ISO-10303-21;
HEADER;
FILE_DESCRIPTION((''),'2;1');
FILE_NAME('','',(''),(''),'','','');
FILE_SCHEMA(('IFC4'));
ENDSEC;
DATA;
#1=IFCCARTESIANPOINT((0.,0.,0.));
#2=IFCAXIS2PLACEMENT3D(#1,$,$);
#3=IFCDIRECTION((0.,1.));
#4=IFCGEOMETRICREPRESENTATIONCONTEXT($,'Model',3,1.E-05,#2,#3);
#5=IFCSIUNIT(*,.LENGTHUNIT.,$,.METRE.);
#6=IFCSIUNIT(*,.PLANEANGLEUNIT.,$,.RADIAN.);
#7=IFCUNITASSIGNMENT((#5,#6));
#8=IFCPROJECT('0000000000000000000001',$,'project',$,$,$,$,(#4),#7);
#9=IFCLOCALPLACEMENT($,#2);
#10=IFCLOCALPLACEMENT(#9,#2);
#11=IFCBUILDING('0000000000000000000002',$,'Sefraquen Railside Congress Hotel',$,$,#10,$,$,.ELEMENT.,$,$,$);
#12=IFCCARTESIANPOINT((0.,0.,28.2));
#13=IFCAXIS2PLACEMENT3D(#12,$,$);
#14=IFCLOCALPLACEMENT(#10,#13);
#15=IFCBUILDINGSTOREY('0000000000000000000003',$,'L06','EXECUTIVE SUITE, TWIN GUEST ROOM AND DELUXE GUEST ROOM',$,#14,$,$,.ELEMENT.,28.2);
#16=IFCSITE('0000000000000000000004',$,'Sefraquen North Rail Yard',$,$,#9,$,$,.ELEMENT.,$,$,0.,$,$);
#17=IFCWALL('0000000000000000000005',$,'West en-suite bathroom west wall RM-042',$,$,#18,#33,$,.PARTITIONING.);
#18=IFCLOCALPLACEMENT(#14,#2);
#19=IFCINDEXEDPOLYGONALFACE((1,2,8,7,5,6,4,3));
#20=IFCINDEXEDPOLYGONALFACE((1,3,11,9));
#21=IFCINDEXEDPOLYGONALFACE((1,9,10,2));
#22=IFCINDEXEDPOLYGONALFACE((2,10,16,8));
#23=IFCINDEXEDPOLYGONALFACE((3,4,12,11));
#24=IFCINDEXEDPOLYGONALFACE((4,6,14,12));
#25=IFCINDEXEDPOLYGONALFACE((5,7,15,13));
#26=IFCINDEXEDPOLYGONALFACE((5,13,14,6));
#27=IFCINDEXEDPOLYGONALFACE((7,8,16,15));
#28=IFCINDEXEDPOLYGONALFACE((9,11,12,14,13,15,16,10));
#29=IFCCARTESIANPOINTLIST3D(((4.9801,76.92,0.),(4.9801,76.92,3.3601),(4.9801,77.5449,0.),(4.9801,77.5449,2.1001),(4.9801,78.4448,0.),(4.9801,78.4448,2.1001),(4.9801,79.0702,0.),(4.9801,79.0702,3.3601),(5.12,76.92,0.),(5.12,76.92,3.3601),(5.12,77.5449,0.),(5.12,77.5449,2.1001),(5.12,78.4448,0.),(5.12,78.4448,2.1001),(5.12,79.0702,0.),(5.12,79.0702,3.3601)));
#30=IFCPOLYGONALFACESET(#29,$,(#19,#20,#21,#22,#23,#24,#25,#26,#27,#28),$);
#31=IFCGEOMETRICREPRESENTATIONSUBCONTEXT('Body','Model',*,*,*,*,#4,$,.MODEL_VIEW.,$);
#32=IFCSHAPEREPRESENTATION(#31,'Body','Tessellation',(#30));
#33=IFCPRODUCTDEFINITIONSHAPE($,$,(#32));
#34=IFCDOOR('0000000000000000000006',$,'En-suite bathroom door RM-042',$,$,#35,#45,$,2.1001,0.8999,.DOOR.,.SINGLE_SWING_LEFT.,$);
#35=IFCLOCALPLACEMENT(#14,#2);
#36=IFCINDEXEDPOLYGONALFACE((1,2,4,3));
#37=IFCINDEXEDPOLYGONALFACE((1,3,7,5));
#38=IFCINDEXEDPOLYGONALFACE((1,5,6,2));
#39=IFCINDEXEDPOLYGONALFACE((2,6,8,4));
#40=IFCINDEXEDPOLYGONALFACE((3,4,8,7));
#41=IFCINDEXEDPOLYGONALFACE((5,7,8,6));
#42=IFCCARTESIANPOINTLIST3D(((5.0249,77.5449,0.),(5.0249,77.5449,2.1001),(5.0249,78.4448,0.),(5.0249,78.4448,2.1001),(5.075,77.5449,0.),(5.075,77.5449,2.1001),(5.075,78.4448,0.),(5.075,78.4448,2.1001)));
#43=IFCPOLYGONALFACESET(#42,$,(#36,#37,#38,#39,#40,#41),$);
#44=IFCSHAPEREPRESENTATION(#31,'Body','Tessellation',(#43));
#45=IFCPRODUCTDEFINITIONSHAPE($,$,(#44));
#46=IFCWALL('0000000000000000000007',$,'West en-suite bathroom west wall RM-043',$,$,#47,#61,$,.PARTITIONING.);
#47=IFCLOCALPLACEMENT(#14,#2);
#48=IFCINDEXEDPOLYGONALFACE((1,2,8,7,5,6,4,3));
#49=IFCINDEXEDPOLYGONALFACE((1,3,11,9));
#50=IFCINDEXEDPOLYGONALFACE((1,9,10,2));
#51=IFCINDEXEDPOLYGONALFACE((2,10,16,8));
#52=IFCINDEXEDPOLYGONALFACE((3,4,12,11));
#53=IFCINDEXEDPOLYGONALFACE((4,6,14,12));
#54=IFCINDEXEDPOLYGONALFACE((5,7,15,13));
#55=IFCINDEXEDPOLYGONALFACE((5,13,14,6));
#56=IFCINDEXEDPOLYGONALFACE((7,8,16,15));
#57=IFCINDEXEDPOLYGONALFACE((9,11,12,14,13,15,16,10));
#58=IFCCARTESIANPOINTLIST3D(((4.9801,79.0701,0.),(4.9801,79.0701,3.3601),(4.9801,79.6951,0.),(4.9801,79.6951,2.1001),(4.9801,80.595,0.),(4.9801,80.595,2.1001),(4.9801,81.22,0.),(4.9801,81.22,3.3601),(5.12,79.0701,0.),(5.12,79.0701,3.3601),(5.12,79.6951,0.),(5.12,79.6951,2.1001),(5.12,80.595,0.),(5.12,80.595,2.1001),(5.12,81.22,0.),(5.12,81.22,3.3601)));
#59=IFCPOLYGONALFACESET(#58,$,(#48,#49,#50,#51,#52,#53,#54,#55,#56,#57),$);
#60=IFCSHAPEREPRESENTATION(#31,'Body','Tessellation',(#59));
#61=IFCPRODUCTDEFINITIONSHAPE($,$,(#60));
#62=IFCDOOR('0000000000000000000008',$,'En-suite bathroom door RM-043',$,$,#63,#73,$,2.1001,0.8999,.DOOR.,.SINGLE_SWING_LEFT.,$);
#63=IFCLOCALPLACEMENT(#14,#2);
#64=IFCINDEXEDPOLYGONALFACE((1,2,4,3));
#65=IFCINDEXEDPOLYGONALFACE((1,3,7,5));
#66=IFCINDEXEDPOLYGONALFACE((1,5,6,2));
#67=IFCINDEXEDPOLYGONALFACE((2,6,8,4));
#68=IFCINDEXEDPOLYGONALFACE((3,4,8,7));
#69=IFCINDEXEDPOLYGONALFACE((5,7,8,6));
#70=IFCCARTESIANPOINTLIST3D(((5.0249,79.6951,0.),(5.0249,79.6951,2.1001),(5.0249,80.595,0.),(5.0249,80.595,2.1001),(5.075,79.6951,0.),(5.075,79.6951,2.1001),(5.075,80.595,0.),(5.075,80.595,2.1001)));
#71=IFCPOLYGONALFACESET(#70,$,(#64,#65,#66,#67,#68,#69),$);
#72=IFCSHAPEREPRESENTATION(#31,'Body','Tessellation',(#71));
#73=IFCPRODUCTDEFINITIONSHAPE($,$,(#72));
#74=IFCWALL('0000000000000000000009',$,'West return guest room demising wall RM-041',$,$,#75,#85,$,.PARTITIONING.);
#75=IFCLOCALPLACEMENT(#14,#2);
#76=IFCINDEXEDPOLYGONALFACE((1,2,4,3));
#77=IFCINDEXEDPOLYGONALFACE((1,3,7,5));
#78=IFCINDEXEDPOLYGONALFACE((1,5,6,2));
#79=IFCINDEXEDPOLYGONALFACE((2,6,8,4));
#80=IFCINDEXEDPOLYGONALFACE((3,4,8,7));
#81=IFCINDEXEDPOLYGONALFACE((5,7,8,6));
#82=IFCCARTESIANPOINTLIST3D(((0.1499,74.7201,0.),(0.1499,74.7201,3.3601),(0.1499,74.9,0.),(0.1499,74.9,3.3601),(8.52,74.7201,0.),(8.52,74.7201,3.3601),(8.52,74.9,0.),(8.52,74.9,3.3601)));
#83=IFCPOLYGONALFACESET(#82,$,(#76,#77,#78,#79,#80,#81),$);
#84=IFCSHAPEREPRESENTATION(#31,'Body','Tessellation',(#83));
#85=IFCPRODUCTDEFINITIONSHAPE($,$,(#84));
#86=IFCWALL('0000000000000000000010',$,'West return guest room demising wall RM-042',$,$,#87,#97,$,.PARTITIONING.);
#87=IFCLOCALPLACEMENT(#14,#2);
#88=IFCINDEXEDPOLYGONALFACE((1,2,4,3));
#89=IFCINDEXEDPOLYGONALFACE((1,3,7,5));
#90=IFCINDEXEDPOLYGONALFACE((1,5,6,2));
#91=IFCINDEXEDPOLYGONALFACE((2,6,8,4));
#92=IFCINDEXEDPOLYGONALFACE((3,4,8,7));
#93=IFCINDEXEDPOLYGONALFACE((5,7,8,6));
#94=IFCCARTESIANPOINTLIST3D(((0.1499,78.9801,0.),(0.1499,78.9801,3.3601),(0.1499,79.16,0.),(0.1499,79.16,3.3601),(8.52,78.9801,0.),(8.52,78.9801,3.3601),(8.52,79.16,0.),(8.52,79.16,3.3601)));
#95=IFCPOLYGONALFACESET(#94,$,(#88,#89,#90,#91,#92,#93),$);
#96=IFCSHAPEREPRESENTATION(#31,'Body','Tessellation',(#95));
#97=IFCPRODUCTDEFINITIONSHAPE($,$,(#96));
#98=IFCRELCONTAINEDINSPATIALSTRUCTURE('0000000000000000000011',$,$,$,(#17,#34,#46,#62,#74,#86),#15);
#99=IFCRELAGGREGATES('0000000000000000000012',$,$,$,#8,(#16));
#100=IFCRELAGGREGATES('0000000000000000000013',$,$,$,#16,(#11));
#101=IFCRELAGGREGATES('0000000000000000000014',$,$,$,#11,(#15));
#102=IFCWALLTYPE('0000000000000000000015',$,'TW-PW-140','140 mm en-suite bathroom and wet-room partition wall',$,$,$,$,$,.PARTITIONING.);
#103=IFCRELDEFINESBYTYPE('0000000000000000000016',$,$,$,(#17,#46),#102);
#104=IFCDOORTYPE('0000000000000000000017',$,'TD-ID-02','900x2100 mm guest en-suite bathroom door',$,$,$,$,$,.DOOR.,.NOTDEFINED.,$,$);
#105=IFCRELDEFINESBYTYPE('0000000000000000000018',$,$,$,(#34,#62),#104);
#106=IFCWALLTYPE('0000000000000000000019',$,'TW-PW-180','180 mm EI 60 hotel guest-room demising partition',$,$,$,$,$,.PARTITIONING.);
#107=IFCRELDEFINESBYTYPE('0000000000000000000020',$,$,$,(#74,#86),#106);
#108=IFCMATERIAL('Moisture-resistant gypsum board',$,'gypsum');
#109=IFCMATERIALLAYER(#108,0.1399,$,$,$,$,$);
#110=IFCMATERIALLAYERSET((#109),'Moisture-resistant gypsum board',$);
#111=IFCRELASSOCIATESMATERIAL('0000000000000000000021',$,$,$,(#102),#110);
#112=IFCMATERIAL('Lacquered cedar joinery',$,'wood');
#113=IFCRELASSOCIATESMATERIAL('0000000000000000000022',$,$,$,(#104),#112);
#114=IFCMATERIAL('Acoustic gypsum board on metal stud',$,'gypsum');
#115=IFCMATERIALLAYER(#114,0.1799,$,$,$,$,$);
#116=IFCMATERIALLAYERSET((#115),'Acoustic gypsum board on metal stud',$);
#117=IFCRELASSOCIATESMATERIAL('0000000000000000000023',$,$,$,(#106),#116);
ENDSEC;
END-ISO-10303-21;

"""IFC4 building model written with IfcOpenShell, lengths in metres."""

from ifc_helpers import new_model, si_unit, direction, frame, frame_2d, origin, place, context, subcontext, project, spatial, rectangle, extrude, material, layer, layer_set, type_object, element, fill, save


model = new_model("IFC4")

# Units and contexts
model_context = context("Model", 3, precision=1e-05, world=origin(), true_north=direction((0.0, 1.0)))
body_context = subcontext(model_context, "Body", "Model", "MODEL_VIEW")
ifc_project = project(units=[si_unit("LENGTHUNIT", "METRE"), si_unit("PLANEANGLEUNIT", "RADIAN")], contexts=[model_context])

# Site, building, storey
site_placement = place(None, origin())
site = spatial("IfcSite", under=ifc_project, at=site_placement, Name="Sefraquen North Rail Yard", CompositionType="ELEMENT", RefElevation=0.0)
building_placement = place(site_placement, origin())
building = spatial("IfcBuilding", under=site, at=building_placement, Name="Sefraquen Railside Congress Hotel", CompositionType="ELEMENT")
storey_placement = place(building_placement, frame((0.0, 0.0, 28.2)))
storey = spatial("IfcBuildingStorey", under=building, at=storey_placement, Name="L06", Description="EXECUTIVE SUITE, TWIN GUEST ROOM AND DELUXE GUEST ROOM", CompositionType="ELEMENT", Elevation=28.2)

# Shared definitions
ifc_material_1 = material(Name="Moisture-resistant gypsum board", Category="gypsum")
ifc_layer_1 = layer(ifc_material_1, 0.1399)
ifc_layer_set_1 = layer_set([ifc_layer_1], Name="Moisture-resistant gypsum board")
wall_type_1 = type_object("IfcWallType", Name="TW-PW-140", Description="140 mm en-suite bathroom and wet-room partition wall", PredefinedType="PARTITIONING", material=ifc_layer_set_1)

# Walls, openings, doors
wall_1_placement = place(storey_placement, frame((5.05, 76.9199, 0.0), z_axis=(0.0, 0.0, 1.0), x_axis=(0.0, 1.0, 0.0)))
wall_1 = element("IfcWall", 1, at=wall_1_placement, inside=storey, type_object=wall_type_1, Name="West en-suite bathroom west wall RM-042", PredefinedType="PARTITIONING", context=body_context, shape_type="SweptSolid", body=[
    extrude(rectangle(XDim=2.1501, YDim=0.1399, at=frame_2d((1.0752, 0.0))), origin(), (0.0, 0.0, 1.0), 3.3601),
])
opening_1_placement = place(wall_1_placement, frame((0.625, 0.0, 0.0)))
opening_1 = element("IfcOpeningElement", 2, at=opening_1_placement, cuts=wall_1, PredefinedType="OPENING", context=body_context, shape_type="SweptSolid", body=[
    extrude(rectangle(XDim=0.8999, YDim=2.1001, at=frame_2d((0.45, 1.05))), frame((0.0, 0.0798, 0.0), z_axis=(0.0, -1.0, 0.0), x_axis=(1.0, 0.0, 0.0)), (0.0, 0.0, 1.0), 0.1599),
])
ifc_material_2 = material(Name="Lacquered cedar joinery", Category="wood")
door_type = type_object("IfcDoorType", Name="TD-ID-02", Description="900x2100 mm guest en-suite bathroom door", OperationType="NOTDEFINED", PredefinedType="DOOR", material=ifc_material_2)
door_1_placement = place(opening_1_placement, frame((0.8999, 0.0, 0.0), z_axis=(0.0, 0.0, 1.0), x_axis=(-1.0, 0.0, 0.0)))
door_1 = element("IfcDoor", 3, at=door_1_placement, inside=storey, type_object=door_type, Name="En-suite bathroom door RM-042", OperationType="SINGLE_SWING_LEFT", OverallHeight=2.1001, OverallWidth=0.8999, PredefinedType="DOOR", context=body_context, shape_type="SweptSolid", body=[
    extrude(rectangle(XDim=0.8999, YDim=2.1001, at=frame_2d((0.45, 1.05))), frame((0.0, 0.0249, 0.0), z_axis=(0.0, -1.0, 0.0), x_axis=(1.0, 0.0, 0.0)), (0.0, 0.0, 1.0), 0.05),
])
fill(opening_1, door_1)
wall_2_placement = place(storey_placement, frame((5.05, 79.0701, 0.0), z_axis=(0.0, 0.0, 1.0), x_axis=(0.0, 1.0, 0.0)))
wall_2 = element("IfcWall", 4, at=wall_2_placement, inside=storey, type_object=wall_type_1, Name="West en-suite bathroom west wall RM-043", PredefinedType="PARTITIONING", context=body_context, shape_type="SweptSolid", body=[
    extrude(rectangle(XDim=2.1499, YDim=0.1399, at=frame_2d((1.075, 0.0))), origin(), (0.0, 0.0, 1.0), 3.3601),
])
opening_2_placement = place(wall_2_placement, frame((0.625, 0.0, 0.0)))
opening_2 = element("IfcOpeningElement", 5, at=opening_2_placement, cuts=wall_2, PredefinedType="OPENING", context=body_context, shape_type="SweptSolid", body=[
    extrude(rectangle(XDim=0.8999, YDim=2.1001, at=frame_2d((0.45, 1.05))), frame((0.0, 0.0798, 0.0), z_axis=(0.0, -1.0, 0.0), x_axis=(1.0, 0.0, 0.0)), (0.0, 0.0, 1.0), 0.1599),
])
door_2_placement = place(opening_2_placement, frame((0.8999, 0.0, 0.0), z_axis=(0.0, 0.0, 1.0), x_axis=(-1.0, 0.0, 0.0)))
door_2 = element("IfcDoor", 6, at=door_2_placement, inside=storey, type_object=door_type, Name="En-suite bathroom door RM-043", OperationType="SINGLE_SWING_LEFT", OverallHeight=2.1001, OverallWidth=0.8999, PredefinedType="DOOR", context=body_context, shape_type="SweptSolid", body=[
    extrude(rectangle(XDim=0.8999, YDim=2.1001, at=frame_2d((0.45, 1.05))), frame((0.0, 0.0249, 0.0), z_axis=(0.0, -1.0, 0.0), x_axis=(1.0, 0.0, 0.0)), (0.0, 0.0, 1.0), 0.05),
])
fill(opening_2, door_2)

# Walls
ifc_material_3 = material(Name="Acoustic gypsum board on metal stud", Category="gypsum")
ifc_layer_2 = layer(ifc_material_3, 0.1799)
ifc_layer_set_2 = layer_set([ifc_layer_2], Name="Acoustic gypsum board on metal stud")
wall_type_2 = type_object("IfcWallType", Name="TW-PW-180", Description="180 mm EI 60 hotel guest-room demising partition", PredefinedType="PARTITIONING", material=ifc_layer_set_2)
for number, where, z_axis, x_axis, name in (
    (7, (0.1499, 74.8101, 0.0), (0.0, 0.0, 1.0), (1.0, 0.0, 0.0), "West return guest room demising wall RM-041"),
    (8, (0.1499, 79.0701, 0.0), (0.0, 0.0, 1.0), (1.0, 0.0, 0.0), "West return guest room demising wall RM-042"),
):
    element("IfcWall", number, at=place(storey_placement, frame(where, z_axis=z_axis, x_axis=x_axis)), inside=storey, type_object=wall_type_2, Name=name, PredefinedType="PARTITIONING", context=body_context, shape_type="SweptSolid", body=[
        extrude(rectangle(XDim=8.3701, YDim=0.1799, at=frame_2d((4.1851, 0.0))), origin(), (0.0, 0.0, 1.0), 3.3601),
    ])

save(model, "model.ifc")
